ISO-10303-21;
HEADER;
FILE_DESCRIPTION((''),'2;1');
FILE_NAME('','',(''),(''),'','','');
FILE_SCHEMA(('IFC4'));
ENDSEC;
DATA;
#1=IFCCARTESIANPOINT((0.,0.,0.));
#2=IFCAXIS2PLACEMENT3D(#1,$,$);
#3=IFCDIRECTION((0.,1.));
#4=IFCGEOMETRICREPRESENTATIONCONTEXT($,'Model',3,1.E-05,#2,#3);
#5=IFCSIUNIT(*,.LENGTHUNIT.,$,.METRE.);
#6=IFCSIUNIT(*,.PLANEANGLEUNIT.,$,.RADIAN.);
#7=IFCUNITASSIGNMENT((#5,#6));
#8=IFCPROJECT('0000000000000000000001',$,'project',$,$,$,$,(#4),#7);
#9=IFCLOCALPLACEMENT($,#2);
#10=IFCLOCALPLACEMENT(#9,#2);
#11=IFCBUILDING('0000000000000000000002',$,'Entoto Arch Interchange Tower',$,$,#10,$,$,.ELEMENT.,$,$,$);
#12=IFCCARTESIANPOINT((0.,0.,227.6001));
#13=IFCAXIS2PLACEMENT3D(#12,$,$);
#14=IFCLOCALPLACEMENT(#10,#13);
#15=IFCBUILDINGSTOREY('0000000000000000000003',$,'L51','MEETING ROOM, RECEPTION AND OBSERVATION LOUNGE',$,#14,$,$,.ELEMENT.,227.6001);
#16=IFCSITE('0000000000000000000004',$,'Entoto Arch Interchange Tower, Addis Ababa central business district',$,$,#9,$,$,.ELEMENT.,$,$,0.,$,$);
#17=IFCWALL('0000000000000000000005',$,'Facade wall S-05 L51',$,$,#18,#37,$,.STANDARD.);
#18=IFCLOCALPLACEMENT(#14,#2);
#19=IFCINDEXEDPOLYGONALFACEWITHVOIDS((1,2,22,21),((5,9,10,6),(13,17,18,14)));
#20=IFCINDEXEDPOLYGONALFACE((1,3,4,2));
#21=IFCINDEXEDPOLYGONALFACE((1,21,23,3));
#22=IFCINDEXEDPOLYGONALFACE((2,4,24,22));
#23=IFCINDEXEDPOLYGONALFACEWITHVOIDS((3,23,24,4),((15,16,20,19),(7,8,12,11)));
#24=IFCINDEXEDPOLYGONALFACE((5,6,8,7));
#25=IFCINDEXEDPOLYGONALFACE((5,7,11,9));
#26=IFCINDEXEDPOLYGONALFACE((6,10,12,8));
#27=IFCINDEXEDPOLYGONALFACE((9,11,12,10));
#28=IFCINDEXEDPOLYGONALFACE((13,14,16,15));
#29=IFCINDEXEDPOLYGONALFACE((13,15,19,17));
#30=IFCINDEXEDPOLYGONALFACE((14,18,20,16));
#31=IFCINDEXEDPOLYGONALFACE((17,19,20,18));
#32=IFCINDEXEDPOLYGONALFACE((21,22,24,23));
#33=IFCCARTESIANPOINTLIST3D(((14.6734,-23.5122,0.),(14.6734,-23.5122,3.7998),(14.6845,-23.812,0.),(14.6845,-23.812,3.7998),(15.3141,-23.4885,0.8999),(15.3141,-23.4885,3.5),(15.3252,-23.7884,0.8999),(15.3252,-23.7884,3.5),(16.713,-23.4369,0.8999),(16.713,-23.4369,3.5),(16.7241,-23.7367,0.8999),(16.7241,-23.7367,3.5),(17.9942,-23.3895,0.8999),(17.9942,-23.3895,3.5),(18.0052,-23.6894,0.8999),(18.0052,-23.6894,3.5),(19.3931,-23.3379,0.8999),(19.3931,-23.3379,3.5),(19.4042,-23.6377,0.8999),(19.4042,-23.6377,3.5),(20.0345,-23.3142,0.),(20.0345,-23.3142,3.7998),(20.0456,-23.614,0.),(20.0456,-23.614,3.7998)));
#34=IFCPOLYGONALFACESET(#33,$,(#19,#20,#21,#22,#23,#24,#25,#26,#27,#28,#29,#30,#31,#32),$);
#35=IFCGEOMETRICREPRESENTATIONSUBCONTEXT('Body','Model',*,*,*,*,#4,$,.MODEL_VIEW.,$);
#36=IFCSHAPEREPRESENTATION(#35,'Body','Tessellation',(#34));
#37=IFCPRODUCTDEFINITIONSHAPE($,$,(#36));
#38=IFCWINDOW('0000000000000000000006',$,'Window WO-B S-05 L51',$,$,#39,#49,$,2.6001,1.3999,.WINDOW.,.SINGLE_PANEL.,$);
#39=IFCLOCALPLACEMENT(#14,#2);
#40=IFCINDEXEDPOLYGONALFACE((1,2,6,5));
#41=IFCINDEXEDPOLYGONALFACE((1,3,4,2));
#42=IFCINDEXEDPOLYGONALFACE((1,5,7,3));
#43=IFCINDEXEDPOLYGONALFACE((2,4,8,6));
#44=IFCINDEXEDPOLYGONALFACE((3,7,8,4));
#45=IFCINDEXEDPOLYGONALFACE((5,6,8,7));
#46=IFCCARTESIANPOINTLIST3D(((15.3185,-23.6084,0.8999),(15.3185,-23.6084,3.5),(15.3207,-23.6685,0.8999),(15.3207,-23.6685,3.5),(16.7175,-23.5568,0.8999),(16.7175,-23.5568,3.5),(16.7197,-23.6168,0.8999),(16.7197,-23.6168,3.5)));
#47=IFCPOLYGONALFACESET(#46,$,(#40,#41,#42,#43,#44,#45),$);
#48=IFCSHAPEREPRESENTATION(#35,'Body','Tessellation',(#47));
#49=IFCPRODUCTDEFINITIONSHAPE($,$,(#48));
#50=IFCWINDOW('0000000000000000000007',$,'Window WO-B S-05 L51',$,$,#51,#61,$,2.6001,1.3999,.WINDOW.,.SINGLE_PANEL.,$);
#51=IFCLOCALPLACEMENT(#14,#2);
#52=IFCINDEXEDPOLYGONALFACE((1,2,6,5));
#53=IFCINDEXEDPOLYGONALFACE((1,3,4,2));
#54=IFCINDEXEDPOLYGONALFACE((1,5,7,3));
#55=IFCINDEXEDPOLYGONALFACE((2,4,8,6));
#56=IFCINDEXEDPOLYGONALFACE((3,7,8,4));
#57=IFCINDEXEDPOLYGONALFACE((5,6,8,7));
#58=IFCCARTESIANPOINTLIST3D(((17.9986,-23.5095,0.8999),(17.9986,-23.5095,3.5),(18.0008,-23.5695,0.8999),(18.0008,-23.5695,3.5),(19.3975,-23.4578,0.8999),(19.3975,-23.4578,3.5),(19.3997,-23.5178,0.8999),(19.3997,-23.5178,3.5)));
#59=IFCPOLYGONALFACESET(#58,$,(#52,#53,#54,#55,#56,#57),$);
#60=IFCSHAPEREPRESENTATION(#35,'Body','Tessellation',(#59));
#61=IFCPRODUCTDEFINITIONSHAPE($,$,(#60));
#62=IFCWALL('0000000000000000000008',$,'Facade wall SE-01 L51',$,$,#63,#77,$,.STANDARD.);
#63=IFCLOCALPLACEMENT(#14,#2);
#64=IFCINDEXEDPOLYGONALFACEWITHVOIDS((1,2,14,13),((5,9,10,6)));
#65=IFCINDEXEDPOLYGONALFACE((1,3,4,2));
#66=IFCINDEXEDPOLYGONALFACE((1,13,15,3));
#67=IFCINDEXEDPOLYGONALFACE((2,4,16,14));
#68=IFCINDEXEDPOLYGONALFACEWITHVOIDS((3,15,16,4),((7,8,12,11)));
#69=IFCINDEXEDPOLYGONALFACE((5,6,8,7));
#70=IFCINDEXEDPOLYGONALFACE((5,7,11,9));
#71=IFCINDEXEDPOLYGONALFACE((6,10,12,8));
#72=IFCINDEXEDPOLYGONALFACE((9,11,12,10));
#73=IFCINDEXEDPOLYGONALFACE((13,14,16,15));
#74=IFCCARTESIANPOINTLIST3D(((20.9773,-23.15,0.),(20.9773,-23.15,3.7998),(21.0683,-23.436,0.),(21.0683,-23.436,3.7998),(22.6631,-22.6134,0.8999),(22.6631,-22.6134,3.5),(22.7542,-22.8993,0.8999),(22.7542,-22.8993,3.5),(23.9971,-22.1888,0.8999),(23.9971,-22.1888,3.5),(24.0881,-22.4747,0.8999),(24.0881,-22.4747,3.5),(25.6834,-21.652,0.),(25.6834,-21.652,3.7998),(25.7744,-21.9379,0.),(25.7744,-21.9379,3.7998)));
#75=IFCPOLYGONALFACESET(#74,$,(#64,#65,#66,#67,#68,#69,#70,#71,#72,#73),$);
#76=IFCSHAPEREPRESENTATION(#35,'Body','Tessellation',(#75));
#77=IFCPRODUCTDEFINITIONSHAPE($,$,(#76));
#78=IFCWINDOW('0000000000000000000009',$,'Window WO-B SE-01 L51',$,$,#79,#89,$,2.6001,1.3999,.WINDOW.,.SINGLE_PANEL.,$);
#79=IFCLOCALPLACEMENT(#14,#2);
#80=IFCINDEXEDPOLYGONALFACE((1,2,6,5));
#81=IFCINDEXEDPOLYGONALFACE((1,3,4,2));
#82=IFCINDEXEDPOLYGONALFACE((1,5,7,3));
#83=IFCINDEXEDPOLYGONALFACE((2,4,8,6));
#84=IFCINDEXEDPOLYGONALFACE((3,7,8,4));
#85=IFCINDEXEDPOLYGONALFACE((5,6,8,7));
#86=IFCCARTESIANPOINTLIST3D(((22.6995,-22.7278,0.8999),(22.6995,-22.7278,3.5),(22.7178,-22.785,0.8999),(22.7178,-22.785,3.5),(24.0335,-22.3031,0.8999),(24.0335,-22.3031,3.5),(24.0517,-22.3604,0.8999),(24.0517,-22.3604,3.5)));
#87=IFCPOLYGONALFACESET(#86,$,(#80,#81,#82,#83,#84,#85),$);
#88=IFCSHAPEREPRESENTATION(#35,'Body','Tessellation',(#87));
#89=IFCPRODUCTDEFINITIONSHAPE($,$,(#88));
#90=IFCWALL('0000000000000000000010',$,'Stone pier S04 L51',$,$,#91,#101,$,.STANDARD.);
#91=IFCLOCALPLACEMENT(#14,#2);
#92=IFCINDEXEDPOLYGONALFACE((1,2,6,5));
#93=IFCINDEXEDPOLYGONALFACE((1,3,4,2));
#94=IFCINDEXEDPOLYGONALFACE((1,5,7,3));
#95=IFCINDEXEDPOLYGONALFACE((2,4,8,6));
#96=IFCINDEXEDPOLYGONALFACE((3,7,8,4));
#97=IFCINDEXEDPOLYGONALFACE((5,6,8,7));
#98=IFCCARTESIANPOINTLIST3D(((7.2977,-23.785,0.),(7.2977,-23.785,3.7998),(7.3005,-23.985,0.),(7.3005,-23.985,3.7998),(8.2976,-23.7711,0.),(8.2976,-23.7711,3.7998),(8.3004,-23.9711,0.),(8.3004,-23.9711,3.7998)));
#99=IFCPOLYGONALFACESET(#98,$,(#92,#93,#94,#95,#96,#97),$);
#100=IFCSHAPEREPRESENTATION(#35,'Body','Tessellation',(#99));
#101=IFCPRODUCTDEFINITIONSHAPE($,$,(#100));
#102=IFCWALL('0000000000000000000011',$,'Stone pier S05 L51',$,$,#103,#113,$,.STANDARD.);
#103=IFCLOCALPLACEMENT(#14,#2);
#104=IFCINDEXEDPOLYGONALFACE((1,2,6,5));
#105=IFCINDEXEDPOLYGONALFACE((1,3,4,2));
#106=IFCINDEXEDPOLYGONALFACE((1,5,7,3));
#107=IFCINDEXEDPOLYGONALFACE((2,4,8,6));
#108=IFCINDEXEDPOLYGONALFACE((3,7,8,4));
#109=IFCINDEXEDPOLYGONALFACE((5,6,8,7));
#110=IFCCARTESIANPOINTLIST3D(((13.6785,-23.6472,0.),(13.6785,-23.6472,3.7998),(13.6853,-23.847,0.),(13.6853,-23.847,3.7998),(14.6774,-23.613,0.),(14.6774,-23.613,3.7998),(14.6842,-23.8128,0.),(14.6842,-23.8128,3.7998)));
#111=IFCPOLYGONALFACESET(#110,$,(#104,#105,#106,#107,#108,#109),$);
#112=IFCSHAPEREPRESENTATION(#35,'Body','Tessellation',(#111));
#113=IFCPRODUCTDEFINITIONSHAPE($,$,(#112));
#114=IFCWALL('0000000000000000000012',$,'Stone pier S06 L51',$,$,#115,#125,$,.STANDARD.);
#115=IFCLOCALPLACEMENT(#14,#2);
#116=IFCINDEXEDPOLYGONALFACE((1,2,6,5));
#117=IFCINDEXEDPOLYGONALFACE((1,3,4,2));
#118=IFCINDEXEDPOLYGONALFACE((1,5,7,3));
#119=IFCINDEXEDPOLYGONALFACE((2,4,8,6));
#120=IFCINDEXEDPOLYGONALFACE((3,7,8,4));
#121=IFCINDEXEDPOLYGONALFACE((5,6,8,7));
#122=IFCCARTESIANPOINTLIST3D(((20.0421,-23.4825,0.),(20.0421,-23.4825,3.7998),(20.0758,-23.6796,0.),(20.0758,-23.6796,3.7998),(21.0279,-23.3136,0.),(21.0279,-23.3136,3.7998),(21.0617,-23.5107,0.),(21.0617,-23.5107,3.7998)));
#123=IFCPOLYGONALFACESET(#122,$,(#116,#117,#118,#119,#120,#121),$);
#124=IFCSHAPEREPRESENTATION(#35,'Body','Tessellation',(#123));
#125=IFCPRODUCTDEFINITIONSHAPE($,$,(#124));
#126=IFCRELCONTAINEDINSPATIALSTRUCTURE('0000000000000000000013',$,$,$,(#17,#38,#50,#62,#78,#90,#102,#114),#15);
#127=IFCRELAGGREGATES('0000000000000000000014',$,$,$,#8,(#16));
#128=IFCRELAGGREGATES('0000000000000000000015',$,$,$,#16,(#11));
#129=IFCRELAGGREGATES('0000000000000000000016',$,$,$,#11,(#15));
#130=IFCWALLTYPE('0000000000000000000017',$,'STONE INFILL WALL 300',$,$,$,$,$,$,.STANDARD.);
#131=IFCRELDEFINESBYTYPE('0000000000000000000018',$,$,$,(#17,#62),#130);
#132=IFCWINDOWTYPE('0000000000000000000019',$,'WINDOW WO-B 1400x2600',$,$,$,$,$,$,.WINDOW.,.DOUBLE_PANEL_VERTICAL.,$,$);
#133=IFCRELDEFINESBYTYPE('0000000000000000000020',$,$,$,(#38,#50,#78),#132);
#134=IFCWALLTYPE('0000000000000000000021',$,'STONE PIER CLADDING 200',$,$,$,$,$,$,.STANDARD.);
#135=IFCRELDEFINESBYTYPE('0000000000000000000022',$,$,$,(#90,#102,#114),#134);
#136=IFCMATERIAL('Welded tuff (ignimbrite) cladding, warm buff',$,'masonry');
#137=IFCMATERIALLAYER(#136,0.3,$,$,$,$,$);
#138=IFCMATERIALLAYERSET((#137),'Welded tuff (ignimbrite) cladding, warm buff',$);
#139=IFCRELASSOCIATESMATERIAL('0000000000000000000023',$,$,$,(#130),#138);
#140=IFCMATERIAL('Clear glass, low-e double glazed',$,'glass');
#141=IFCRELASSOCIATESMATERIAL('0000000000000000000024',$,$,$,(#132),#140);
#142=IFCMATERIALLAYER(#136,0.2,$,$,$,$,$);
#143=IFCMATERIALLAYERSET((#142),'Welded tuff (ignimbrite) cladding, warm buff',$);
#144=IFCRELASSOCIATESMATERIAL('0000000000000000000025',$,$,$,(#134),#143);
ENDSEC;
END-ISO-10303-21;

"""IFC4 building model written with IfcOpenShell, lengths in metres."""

from ifc_helpers import new_model, si_unit, direction, frame, frame_2d, origin, place, context, subcontext, project, spatial, rectangle, extrude, material, layer, layer_set, type_object, element, fill, save


model = new_model("IFC4")

# Units and contexts
model_context = context("Model", 3, precision=1e-05, world=origin(), true_north=direction((0.0, 1.0)))
body_context = subcontext(model_context, "Body", "Model", "MODEL_VIEW")
ifc_project = project(units=[si_unit("LENGTHUNIT", "METRE"), si_unit("PLANEANGLEUNIT", "RADIAN")], contexts=[model_context])

# Site, building, storey
site_placement = place(None, origin())
site = spatial("IfcSite", under=ifc_project, at=site_placement, Name="Entoto Arch Interchange Tower, Addis Ababa central business district", CompositionType="ELEMENT", RefElevation=0.0)
building_placement = place(site_placement, origin())
building = spatial("IfcBuilding", under=site, at=building_placement, Name="Entoto Arch Interchange Tower", CompositionType="ELEMENT")
storey_placement = place(building_placement, frame((0.0, 0.0, 227.6001)))
storey = spatial("IfcBuildingStorey", under=building, at=storey_placement, Name="L51", Description="MEETING ROOM, RECEPTION AND OBSERVATION LOUNGE", CompositionType="ELEMENT", Elevation=227.6001)

# Wall, openings, windows
ifc_material_1 = material(Name="Welded tuff (ignimbrite) cladding, warm buff", Category="masonry")
ifc_layer_1 = layer(ifc_material_1, 0.3)
ifc_layer_set_1 = layer_set([ifc_layer_1], Name="Welded tuff (ignimbrite) cladding, warm buff")
wall_type_1 = type_object("IfcWallType", Name="STONE INFILL WALL 300", PredefinedType="STANDARD", material=ifc_layer_set_1)
ifc_material_2 = material(Name="Clear glass, low-e double glazed", Category="glass")
window_type = type_object("IfcWindowType", Name="WINDOW WO-B 1400x2600", PartitioningType="DOUBLE_PANEL_VERTICAL", PredefinedType="WINDOW", material=ifc_material_2)
wall_1_placement = place(storey_placement, frame((14.679, -23.6621, 0.0), z_axis=(0.0, 0.0, 1.0), x_axis=(0.999319, 0.036907, 0.0)))
wall_1 = element("IfcWall", 1, at=wall_1_placement, inside=storey, type_object=wall_type_1, Name="Facade wall S-05 L51", PredefinedType="STANDARD", context=body_context, shape_type="SweptSolid", body=[
    extrude(rectangle(XDim=5.3647, YDim=0.3, at=frame_2d((2.6824, 0.0))), origin(), (0.0, 0.0, 1.0), 3.7998),
])
opening_1_placement = place(wall_1_placement, frame((0.6411, 0.0, 0.8999)))
opening_1 = element("IfcOpeningElement", 2, at=opening_1_placement, cuts=wall_1, PredefinedType="OPENING", context=body_context, shape_type="SweptSolid", body=[
    extrude(rectangle(XDim=1.3999, YDim=2.6001, at=frame_2d((0.7, 1.3))), frame((0.0, 0.1602, 0.0), z_axis=(0.0, -1.0, 0.0), x_axis=(1.0, 0.0, 0.0)), (0.0, 0.0, 1.0), 0.3201),
])
opening_2_placement = place(wall_1_placement, frame((3.323, 0.0, 0.8999)))
opening_2 = element("IfcOpeningElement", 3, at=opening_2_placement, cuts=wall_1, PredefinedType="OPENING", context=body_context, shape_type="SweptSolid", body=[
    extrude(rectangle(XDim=1.3999, YDim=2.6001, at=frame_2d((0.7, 1.3))), frame((0.0, 0.1602, 0.0), z_axis=(0.0, -1.0, 0.0), x_axis=(1.0, 0.0, 0.0)), (0.0, 0.0, 1.0), 0.3201),
])
window_1_placement = place(opening_1_placement, origin())
window_1 = element("IfcWindow", 4, at=window_1_placement, inside=storey, type_object=window_type, Name="Window WO-B S-05 L51", OverallHeight=2.6001, OverallWidth=1.3999, PartitioningType="SINGLE_PANEL", PredefinedType="WINDOW", context=body_context, shape_type="SweptSolid", body=[
    extrude(rectangle(XDim=1.3999, YDim=2.6001, at=frame_2d((0.7, 1.3))), frame((0.0, 0.03, 0.0), z_axis=(0.0, -1.0, 0.0), x_axis=(1.0, 0.0, 0.0)), (0.0, 0.0, 1.0), 0.0601),
])
fill(opening_1, window_1)
window_2_placement = place(opening_2_placement, origin())
window_2 = element("IfcWindow", 5, at=window_2_placement, inside=storey, type_object=window_type, Name="Window WO-B S-05 L51", OverallHeight=2.6001, OverallWidth=1.3999, PartitioningType="SINGLE_PANEL", PredefinedType="WINDOW", context=body_context, shape_type="SweptSolid", body=[
    extrude(rectangle(XDim=1.3999, YDim=2.6001, at=frame_2d((0.7, 1.3))), frame((0.0, 0.03, 0.0), z_axis=(0.0, -1.0, 0.0), x_axis=(1.0, 0.0, 0.0)), (0.0, 0.0, 1.0), 0.0601),
])
fill(opening_2, window_2)

# Wall, opening, window
wall_2_placement = place(storey_placement, frame((21.0229, -23.293, 0.0), z_axis=(0.0, 0.0, 1.0), x_axis=(0.952887, 0.303326, 0.0)))
wall_2 = element("IfcWall", 6, at=wall_2_placement, inside=storey, type_object=wall_type_1, Name="Facade wall SE-01 L51", PredefinedType="STANDARD", context=body_context, shape_type="SweptSolid", body=[
    extrude(rectangle(XDim=4.9387, YDim=0.3, at=frame_2d((2.4692, 0.0))), origin(), (0.0, 0.0, 1.0), 3.7998),
])
opening_3_placement = place(wall_2_placement, frame((1.769, 0.0, 0.8999)))
opening_3 = element("IfcOpeningElement", 7, at=opening_3_placement, cuts=wall_2, PredefinedType="OPENING", context=body_context, shape_type="SweptSolid", body=[
    extrude(rectangle(XDim=1.3999, YDim=2.6001, at=frame_2d((0.7, 1.3))), frame((0.0, 0.1602, 0.0), z_axis=(0.0, -1.0, 0.0), x_axis=(1.0, 0.0, 0.0)), (0.0, 0.0, 1.0), 0.3201),
])
window_3_placement = place(opening_3_placement, origin())
window_3 = element("IfcWindow", 8, at=window_3_placement, inside=storey, type_object=window_type, Name="Window WO-B SE-01 L51", OverallHeight=2.6001, OverallWidth=1.3999, PartitioningType="SINGLE_PANEL", PredefinedType="WINDOW", context=body_context, shape_type="SweptSolid", body=[
    extrude(rectangle(XDim=1.3999, YDim=2.6001, at=frame_2d((0.7, 1.3))), frame((0.0, 0.03, 0.0), z_axis=(0.0, -1.0, 0.0), x_axis=(1.0, 0.0, 0.0)), (0.0, 0.0, 1.0), 0.0601),
])
fill(opening_3, window_3)

# Walls
ifc_layer_2 = layer(ifc_material_1, 0.2)
ifc_layer_set_2 = layer_set([ifc_layer_2], Name="Welded tuff (ignimbrite) cladding, warm buff")
wall_type_2 = type_object("IfcWallType", Name="STONE PIER CLADDING 200", PredefinedType="STANDARD", material=ifc_layer_set_2)
wall_3_placement = place(storey_placement, frame((7.2991, -23.885, 0.0), z_axis=(0.0, 0.0, 1.0), x_axis=(0.999903, 0.013915, 0.0)))
element("IfcWall", 9, at=wall_3_placement, inside=storey, type_object=wall_type_2, Name="Stone pier S04 L51", PredefinedType="STANDARD", context=body_context, shape_type="SweptSolid", body=[
    extrude(rectangle(XDim=1.0, YDim=0.2, at=frame_2d((0.5, 0.0))), origin(), (0.0, 0.0, 1.0), 3.7998),
])
wall_4_placement = place(storey_placement, frame((13.6819, -23.7471, 0.0), z_axis=(0.0, 0.0, 1.0), x_axis=(0.999415, 0.034193, 0.0)))
element("IfcWall", 10, at=wall_4_placement, inside=storey, type_object=wall_type_2, Name="Stone pier S05 L51", PredefinedType="STANDARD", context=body_context, shape_type="SweptSolid", body=[
    extrude(rectangle(XDim=0.9995, YDim=0.2, at=frame_2d((0.4998, 0.0))), origin(), (0.0, 0.0, 1.0), 3.7998),
])
wall_5_placement = place(storey_placement, frame((20.0591, -23.5811, 0.0), z_axis=(0.0, 0.0, 1.0), x_axis=(0.985632, 0.16891, 0.0)))
element("IfcWall", 11, at=wall_5_placement, inside=storey, type_object=wall_type_2, Name="Stone pier S06 L51", PredefinedType="STANDARD", context=body_context, shape_type="SweptSolid", body=[
    extrude(rectangle(XDim=1.0002, YDim=0.2, at=frame_2d((0.5, 0.0))), origin(), (0.0, 0.0, 1.0), 3.7998),
])

save(model, "model.ifc")
